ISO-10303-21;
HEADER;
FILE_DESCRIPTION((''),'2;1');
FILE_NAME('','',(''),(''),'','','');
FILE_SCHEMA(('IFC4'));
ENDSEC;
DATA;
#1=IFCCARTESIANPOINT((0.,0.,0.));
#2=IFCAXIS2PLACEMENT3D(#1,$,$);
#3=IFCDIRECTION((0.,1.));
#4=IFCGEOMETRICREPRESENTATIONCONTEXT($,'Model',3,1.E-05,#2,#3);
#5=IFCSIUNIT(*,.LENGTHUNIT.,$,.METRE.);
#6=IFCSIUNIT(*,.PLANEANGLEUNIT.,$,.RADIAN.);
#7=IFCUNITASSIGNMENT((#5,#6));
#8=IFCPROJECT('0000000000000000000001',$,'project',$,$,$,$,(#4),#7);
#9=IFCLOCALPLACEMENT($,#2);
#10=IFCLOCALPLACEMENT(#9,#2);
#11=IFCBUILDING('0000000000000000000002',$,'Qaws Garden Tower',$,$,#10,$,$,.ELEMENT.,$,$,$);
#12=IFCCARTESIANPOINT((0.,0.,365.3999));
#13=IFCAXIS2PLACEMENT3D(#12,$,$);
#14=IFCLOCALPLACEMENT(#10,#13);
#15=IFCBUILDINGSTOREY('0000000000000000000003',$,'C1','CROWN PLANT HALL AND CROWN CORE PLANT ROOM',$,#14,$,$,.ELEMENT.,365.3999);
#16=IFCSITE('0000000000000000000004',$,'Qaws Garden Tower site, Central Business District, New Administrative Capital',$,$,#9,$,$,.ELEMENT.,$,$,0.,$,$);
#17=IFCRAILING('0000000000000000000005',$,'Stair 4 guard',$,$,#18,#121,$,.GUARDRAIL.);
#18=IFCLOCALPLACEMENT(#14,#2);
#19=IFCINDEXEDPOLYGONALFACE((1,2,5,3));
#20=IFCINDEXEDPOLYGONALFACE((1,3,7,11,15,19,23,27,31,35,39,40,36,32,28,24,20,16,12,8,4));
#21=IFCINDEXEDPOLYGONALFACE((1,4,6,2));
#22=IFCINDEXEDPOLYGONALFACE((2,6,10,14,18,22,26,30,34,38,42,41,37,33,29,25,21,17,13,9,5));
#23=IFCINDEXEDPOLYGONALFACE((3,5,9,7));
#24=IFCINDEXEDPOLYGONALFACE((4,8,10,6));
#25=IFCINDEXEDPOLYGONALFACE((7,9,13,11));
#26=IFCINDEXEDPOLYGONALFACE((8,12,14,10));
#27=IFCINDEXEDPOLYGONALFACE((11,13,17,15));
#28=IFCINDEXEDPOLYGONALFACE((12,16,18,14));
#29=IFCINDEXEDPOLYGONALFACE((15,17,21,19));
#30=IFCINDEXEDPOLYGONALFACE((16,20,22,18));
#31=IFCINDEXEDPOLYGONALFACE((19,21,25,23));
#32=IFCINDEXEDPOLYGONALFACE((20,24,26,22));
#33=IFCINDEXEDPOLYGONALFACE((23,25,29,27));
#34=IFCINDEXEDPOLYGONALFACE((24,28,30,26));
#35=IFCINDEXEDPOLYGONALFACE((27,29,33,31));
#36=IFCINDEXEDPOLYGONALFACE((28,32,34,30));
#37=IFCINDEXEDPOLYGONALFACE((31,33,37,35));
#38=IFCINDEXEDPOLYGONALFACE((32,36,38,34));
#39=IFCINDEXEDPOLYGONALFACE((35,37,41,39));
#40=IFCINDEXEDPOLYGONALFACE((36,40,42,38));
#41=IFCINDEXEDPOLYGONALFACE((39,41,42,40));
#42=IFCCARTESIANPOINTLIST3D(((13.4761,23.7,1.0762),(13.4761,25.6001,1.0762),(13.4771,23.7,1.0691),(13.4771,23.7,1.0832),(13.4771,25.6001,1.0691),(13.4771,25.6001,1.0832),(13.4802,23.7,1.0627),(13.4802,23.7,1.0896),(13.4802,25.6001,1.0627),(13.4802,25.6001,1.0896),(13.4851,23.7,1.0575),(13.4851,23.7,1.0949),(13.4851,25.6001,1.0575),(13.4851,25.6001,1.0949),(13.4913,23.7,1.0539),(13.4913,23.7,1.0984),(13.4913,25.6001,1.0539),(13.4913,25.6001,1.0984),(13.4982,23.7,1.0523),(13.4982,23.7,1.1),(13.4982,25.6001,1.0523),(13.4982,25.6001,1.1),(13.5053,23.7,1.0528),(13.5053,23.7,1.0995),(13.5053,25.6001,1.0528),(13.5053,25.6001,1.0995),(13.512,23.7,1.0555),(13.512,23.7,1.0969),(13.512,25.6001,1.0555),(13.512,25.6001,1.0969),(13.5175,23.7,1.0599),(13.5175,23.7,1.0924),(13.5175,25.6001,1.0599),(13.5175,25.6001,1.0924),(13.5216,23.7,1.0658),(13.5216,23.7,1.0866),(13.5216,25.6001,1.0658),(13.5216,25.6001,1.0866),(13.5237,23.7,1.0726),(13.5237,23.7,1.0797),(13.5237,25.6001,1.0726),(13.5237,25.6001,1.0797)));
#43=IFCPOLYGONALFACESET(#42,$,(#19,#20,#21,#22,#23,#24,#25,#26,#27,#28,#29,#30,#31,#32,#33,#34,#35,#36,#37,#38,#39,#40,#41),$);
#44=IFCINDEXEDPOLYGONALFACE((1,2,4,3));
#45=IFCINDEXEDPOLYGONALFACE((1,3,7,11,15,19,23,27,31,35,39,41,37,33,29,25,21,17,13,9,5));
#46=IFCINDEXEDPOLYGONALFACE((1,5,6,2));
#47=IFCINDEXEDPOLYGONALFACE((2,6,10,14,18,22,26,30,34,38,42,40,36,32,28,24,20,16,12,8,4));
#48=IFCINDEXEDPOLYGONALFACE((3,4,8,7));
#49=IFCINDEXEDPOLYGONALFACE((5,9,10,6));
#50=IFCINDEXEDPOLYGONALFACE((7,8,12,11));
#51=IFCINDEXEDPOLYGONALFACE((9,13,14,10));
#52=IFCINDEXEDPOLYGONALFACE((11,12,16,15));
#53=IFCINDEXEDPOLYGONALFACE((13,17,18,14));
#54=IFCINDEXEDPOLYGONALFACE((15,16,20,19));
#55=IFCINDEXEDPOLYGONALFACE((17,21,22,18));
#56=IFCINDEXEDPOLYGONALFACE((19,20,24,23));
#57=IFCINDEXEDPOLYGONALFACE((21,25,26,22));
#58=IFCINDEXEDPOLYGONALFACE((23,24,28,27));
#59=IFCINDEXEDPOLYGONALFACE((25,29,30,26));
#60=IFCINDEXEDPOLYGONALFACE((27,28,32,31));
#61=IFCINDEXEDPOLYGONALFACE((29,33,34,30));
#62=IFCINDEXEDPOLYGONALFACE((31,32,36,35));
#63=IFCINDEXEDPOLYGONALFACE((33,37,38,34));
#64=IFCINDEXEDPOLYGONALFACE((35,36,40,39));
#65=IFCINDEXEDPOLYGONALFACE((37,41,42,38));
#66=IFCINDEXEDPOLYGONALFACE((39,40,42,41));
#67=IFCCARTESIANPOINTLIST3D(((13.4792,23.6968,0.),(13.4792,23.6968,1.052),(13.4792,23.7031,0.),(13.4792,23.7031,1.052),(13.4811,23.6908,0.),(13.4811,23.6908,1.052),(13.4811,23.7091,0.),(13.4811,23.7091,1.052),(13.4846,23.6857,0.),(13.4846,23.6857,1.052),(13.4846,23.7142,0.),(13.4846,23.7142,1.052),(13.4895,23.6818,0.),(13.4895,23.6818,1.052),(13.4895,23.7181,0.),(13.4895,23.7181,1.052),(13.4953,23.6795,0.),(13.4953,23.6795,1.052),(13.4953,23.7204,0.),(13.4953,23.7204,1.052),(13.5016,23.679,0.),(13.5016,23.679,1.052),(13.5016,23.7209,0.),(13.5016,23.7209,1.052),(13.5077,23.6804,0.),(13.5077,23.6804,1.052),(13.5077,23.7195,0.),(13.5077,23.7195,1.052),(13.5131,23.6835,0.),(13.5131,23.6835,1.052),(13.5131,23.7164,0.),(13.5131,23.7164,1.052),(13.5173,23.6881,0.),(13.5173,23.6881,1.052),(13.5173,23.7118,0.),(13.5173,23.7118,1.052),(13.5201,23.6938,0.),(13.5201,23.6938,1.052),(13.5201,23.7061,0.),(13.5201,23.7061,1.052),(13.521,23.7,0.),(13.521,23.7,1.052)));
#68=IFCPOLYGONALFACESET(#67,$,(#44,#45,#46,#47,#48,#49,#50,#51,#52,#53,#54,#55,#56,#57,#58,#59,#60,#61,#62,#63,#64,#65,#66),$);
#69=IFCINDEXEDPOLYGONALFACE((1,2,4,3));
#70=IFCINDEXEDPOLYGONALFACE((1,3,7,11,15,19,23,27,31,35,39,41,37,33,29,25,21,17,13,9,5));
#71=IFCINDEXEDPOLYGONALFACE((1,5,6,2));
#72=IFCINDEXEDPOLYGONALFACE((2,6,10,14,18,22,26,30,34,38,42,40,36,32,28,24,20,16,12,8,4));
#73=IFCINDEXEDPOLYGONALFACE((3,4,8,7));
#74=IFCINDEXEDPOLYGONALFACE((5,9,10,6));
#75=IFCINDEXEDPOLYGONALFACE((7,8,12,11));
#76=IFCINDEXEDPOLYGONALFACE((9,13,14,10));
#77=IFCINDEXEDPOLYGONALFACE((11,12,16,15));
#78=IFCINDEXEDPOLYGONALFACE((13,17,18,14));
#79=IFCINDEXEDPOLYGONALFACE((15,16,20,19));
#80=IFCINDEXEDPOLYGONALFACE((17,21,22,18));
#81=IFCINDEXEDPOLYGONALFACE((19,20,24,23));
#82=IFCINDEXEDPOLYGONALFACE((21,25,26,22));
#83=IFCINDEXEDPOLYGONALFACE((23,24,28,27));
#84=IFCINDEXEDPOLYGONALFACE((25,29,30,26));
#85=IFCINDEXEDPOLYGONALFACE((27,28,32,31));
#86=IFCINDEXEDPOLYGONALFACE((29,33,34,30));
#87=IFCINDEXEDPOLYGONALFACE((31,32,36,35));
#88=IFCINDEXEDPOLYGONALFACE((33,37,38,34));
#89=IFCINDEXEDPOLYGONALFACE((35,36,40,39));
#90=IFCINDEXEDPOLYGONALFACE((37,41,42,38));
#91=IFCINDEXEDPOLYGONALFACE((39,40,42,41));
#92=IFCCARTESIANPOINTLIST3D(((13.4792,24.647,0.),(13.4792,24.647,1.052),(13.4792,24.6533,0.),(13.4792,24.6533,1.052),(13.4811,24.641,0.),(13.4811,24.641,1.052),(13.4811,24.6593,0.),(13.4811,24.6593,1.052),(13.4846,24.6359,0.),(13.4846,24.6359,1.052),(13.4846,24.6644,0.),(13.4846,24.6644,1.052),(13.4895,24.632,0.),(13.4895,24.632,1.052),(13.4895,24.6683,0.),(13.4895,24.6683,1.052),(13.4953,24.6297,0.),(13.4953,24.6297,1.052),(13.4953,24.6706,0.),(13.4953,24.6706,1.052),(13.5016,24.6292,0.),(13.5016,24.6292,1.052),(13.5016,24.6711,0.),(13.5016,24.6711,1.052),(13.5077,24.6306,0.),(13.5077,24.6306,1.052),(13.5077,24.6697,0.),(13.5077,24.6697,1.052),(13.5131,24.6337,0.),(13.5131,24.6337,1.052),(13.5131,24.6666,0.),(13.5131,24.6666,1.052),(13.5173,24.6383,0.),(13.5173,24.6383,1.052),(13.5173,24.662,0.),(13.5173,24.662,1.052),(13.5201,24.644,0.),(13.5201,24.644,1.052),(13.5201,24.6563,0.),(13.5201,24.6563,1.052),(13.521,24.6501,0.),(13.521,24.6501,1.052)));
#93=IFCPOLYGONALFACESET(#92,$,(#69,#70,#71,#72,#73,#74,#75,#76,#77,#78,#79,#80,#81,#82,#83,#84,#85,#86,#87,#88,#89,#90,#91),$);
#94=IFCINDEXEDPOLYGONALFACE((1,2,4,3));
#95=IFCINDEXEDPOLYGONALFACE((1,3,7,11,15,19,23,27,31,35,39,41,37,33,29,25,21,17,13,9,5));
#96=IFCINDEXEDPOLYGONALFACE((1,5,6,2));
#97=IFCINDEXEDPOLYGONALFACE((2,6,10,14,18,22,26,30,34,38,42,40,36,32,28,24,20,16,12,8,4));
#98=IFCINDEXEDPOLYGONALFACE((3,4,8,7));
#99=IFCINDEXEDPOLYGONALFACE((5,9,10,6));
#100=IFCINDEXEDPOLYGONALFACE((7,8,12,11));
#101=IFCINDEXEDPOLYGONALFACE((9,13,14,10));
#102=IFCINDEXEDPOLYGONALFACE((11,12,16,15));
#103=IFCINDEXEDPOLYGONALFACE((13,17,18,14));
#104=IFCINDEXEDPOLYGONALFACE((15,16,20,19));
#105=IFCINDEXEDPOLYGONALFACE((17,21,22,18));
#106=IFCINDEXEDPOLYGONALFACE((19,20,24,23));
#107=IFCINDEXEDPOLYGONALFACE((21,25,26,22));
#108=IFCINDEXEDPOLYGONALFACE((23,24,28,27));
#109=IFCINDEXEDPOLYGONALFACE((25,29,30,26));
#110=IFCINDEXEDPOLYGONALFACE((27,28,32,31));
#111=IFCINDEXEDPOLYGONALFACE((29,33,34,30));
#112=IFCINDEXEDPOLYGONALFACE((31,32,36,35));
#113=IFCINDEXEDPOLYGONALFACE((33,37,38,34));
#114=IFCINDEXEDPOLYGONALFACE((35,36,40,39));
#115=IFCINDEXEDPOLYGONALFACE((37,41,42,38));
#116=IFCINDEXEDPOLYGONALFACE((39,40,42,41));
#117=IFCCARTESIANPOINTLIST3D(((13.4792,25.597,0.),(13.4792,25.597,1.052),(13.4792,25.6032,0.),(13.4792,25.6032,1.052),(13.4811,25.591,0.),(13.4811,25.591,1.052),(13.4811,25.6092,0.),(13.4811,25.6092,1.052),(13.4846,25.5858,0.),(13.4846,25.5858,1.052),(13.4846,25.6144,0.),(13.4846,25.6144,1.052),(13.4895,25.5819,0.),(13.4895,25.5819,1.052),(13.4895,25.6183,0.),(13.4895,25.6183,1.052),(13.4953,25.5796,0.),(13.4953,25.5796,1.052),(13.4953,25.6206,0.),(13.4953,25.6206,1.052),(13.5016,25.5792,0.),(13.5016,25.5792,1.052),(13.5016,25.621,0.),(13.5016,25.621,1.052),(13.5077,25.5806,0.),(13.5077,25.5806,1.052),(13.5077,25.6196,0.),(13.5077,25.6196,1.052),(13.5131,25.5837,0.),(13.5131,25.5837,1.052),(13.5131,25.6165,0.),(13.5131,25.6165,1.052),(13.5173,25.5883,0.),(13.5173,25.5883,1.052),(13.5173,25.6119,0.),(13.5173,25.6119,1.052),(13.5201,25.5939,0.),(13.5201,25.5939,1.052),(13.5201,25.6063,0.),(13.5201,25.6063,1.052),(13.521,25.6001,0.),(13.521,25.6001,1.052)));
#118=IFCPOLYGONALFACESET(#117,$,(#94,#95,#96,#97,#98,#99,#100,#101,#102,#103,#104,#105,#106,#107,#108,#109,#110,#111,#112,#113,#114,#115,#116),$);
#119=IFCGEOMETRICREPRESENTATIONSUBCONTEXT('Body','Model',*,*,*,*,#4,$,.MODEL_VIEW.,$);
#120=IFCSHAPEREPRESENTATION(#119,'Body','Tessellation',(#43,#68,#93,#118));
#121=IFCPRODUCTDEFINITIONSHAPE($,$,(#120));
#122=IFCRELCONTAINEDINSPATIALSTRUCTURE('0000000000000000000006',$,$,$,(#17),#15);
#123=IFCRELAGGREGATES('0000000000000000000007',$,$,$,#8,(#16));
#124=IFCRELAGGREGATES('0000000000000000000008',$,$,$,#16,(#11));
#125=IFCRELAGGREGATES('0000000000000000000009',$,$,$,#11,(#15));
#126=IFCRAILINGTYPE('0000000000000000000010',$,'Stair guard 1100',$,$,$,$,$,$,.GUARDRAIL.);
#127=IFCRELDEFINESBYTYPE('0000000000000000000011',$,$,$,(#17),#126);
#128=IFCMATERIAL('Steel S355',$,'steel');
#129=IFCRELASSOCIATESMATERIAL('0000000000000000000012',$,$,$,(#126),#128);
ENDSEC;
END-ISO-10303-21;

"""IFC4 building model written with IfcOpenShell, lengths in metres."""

from ifc_helpers import new_model, si_unit, direction, frame, origin, origin_2d, place, context, subcontext, project, spatial, circle, extrude, material, type_object, element, save


model = new_model("IFC4")

# Units and contexts
model_context = context("Model", 3, precision=1e-05, world=origin(), true_north=direction((0.0, 1.0)))
body_context = subcontext(model_context, "Body", "Model", "MODEL_VIEW")
ifc_project = project(units=[si_unit("LENGTHUNIT", "METRE"), si_unit("PLANEANGLEUNIT", "RADIAN")], contexts=[model_context])

# Site, building, storey
site_placement = place(None, origin())
site = spatial("IfcSite", under=ifc_project, at=site_placement, Name="Qaws Garden Tower site, Central Business District, New Administrative Capital", CompositionType="ELEMENT", RefElevation=0.0)
building_placement = place(site_placement, origin())
building = spatial("IfcBuilding", under=site, at=building_placement, Name="Qaws Garden Tower", CompositionType="ELEMENT")
storey_placement = place(building_placement, frame((0.0, 0.0, 365.3999)))
storey = spatial("IfcBuildingStorey", under=building, at=storey_placement, Name="C1", Description="CROWN PLANT HALL AND CROWN CORE PLANT ROOM", CompositionType="ELEMENT", Elevation=365.3999)

# Railing
ifc_material_1 = material(Name="Steel S355", Category="steel")
railing_type_1 = type_object("IfcRailingType", Name="Stair guard 1100", PredefinedType="GUARDRAIL", material=ifc_material_1)
railing_1_placement = place(storey_placement, frame((13.5, 23.7, 0.0)))
element("IfcRailing", 1, at=railing_1_placement, inside=storey, type_object=railing_type_1, Name="Stair 4 guard", PredefinedType="GUARDRAIL", context=body_context, shape_type="SweptSolid", body=[
    extrude(circle(Radius=0.0239, at=origin_2d()), frame((0.0, 0.0, 1.0762), z_axis=(0.0, 1.0, 0.0), x_axis=(-1.0, 0.0, 0.0)), (0.0, 0.0, 1.0), 1.9001),
    extrude(circle(Radius=0.021, at=origin_2d()), origin(), (0.0, 0.0, 1.0), 1.052),
    extrude(circle(Radius=0.021, at=origin_2d()), frame((0.0, 0.9502, 0.0)), (0.0, 0.0, 1.0), 1.052),
    extrude(circle(Radius=0.021, at=origin_2d()), frame((0.0, 1.9001, 0.0)), (0.0, 0.0, 1.0), 1.052),
])

save(model, "model.ifc")
